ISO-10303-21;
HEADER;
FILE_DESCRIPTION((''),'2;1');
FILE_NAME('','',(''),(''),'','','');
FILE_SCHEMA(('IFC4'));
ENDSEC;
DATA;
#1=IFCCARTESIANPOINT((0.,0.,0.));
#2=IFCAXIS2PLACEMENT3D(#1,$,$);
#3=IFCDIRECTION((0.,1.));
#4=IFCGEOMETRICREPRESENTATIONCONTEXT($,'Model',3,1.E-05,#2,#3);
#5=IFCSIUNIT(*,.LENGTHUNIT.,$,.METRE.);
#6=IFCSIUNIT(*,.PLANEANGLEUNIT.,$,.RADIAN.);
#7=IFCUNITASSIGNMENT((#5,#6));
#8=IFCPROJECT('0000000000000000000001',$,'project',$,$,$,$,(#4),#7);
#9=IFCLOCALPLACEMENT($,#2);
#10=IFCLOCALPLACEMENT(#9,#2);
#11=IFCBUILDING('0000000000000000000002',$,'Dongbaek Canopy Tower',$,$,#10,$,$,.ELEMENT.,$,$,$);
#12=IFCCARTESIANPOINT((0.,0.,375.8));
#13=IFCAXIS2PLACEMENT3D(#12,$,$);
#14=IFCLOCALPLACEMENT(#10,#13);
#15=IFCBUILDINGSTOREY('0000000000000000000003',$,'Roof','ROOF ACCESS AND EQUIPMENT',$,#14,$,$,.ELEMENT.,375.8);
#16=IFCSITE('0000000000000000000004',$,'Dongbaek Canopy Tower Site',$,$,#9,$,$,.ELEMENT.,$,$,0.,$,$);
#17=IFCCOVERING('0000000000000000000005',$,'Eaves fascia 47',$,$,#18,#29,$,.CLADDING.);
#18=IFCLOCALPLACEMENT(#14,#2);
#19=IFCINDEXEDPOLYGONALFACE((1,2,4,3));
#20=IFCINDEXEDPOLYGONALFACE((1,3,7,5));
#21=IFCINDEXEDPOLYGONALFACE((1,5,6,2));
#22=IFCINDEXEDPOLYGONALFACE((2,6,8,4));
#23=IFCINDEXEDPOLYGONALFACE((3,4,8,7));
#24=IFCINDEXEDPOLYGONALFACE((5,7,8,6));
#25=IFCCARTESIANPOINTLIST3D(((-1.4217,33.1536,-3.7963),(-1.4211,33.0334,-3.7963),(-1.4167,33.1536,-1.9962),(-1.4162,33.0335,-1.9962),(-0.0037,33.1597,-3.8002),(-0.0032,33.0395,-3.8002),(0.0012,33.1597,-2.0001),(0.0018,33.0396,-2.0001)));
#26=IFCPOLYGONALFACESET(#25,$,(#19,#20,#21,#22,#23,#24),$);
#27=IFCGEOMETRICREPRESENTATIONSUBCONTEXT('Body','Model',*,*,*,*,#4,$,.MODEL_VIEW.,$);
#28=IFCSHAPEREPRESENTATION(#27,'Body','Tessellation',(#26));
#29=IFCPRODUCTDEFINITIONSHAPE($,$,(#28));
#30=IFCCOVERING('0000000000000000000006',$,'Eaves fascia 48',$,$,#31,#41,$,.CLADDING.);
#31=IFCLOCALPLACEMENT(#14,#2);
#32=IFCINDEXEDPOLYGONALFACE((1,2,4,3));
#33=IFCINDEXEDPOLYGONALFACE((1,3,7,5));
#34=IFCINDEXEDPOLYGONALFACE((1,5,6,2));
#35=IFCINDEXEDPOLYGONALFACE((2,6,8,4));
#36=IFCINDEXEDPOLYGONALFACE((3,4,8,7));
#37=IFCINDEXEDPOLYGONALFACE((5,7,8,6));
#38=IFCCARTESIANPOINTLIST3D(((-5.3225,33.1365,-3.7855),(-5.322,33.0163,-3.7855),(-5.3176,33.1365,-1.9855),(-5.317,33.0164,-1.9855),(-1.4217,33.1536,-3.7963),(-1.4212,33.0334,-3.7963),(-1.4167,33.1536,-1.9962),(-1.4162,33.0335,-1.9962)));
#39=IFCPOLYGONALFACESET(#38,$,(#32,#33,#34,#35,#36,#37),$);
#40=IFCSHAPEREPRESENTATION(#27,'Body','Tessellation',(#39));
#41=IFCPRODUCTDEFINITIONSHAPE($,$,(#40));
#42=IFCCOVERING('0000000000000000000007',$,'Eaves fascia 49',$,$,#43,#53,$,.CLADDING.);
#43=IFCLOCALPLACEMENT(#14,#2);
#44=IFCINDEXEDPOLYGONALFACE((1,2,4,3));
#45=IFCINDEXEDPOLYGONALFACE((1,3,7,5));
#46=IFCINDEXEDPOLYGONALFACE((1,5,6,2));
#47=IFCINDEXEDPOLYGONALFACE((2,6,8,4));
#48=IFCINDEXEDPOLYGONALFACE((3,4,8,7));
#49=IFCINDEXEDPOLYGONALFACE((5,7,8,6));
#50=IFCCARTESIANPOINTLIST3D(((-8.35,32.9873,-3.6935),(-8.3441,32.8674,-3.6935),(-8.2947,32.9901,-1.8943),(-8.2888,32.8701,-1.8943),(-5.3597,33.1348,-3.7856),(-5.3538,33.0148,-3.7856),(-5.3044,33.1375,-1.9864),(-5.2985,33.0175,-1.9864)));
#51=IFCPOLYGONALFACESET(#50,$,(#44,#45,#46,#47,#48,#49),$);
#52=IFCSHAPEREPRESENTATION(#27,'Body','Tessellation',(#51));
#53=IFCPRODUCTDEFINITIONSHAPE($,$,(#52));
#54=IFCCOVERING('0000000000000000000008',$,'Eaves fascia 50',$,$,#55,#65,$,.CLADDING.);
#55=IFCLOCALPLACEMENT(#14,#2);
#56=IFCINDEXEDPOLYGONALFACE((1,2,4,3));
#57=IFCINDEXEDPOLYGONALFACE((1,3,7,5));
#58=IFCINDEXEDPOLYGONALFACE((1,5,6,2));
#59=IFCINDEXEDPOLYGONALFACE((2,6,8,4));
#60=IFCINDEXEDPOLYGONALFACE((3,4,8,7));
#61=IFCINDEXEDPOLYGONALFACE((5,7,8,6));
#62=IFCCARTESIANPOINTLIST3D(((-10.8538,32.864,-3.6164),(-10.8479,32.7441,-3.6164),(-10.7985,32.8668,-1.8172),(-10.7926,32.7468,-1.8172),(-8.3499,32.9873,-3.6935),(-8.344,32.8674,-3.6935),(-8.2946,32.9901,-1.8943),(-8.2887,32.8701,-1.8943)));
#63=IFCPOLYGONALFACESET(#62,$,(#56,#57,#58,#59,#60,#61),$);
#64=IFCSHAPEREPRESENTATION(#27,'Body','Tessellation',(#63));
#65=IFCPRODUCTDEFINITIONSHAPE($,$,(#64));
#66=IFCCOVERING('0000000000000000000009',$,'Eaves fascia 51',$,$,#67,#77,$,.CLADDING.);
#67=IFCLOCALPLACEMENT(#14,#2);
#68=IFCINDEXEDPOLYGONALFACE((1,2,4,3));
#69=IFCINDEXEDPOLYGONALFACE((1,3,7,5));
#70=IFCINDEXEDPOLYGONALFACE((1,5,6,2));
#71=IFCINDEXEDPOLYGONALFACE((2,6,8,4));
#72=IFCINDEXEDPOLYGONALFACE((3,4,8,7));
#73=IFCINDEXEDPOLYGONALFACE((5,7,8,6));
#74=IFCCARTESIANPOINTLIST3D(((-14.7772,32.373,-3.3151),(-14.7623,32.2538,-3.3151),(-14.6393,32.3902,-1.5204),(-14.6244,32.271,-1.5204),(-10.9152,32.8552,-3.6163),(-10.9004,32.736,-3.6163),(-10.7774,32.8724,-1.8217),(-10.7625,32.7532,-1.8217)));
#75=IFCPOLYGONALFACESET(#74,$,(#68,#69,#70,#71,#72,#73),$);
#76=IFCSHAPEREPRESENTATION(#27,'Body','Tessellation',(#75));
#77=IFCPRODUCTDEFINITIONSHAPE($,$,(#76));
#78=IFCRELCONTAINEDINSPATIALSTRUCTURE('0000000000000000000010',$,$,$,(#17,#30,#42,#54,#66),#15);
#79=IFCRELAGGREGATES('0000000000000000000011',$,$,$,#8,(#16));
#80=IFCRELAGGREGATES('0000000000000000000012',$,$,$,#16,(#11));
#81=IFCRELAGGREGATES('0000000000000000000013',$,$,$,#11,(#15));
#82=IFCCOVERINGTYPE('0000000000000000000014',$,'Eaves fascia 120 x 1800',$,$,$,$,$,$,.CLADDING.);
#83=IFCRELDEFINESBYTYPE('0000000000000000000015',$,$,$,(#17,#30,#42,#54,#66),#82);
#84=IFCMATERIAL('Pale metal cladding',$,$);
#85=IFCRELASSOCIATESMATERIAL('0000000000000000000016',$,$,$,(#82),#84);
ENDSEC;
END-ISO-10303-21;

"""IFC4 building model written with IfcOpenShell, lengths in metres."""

from ifc_helpers import new_model, si_unit, direction, frame, origin, origin_2d, place, context, subcontext, project, spatial, rectangle, extrude, material, material_profile, profile_set, type_object, element, save


model = new_model("IFC4")

# Units and contexts
model_context = context("Model", 3, precision=1e-05, world=origin(), true_north=direction((0.0, 1.0)))
body_context = subcontext(model_context, "Body", "Model", "MODEL_VIEW")
ifc_project = project(units=[si_unit("LENGTHUNIT", "METRE"), si_unit("PLANEANGLEUNIT", "RADIAN")], contexts=[model_context])

# Site, building, storey
site_placement = place(None, origin())
site = spatial("IfcSite", under=ifc_project, at=site_placement, Name="Dongbaek Canopy Tower Site", CompositionType="ELEMENT", RefElevation=0.0)
building_placement = place(site_placement, origin())
building = spatial("IfcBuilding", under=site, at=building_placement, Name="Dongbaek Canopy Tower", CompositionType="ELEMENT")
storey_placement = place(building_placement, frame((0.0, 0.0, 375.8)))
storey = spatial("IfcBuildingStorey", under=building, at=storey_placement, Name="Roof", Description="ROOF ACCESS AND EQUIPMENT", CompositionType="ELEMENT", Elevation=375.8)

# Coverings
ifc_material_1 = material(Name="Pale metal cladding")
ifc_material_profile_1 = material_profile(ifc_material_1, rectangle(XDim=0.1201, YDim=1.8, at=origin_2d()), Name="Eaves fascia 120 x 1800")
ifc_profile_set_1 = profile_set([ifc_material_profile_1], Name="Pale metal cladding")
covering_type = type_object("IfcCoveringType", Name="Eaves fascia 120 x 1800", PredefinedType="CLADDING", material=ifc_profile_set_1)
covering_1_placement = place(storey_placement, frame((-0.001, 33.0996, -2.9001), z_axis=(-0.999987, -0.004304, 0.002755), x_axis=(0.004304, -0.999991, 0.0)))
element("IfcCovering", 1, at=covering_1_placement, inside=storey, type_object=covering_type, Name="Eaves fascia 47", PredefinedType="CLADDING", context=body_context, shape_type="SweptSolid", body=[
    extrude(rectangle(XDim=0.1201, YDim=1.8, at=origin_2d()), origin(), (0.0, 0.0, 1.0), 1.418),
])
covering_2_placement = place(storey_placement, frame((-1.4189, 33.0935, -2.8962), z_axis=(-0.999987, -0.004381, 0.002754), x_axis=(0.004381, -0.99999, 0.0)))
element("IfcCovering", 2, at=covering_2_placement, inside=storey, type_object=covering_type, Name="Eaves fascia 48", PredefinedType="CLADDING", context=body_context, shape_type="SweptSolid", body=[
    extrude(rectangle(XDim=0.1201, YDim=1.8, at=origin_2d()), origin(), (0.0, 0.0, 1.0), 3.9009),
])
covering_3_placement = place(storey_placement, frame((-5.3291, 33.0762, -2.886), z_axis=(-0.998315, -0.049231, 0.030729), x_axis=(0.049254, -0.998786, 0.0)))
element("IfcCovering", 3, at=covering_3_placement, inside=storey, type_object=covering_type, Name="Eaves fascia 49", PredefinedType="CLADDING", context=body_context, shape_type="SweptSolid", body=[
    extrude(rectangle(XDim=0.1201, YDim=1.8, at=origin_2d()), origin(), (0.0, 0.0, 1.0), 2.9954),
])
covering_4_placement = place(storey_placement, frame((-8.3193, 32.9287, -2.7939), z_axis=(-0.998317, -0.049157, 0.030759), x_axis=(0.04918, -0.99879, 0.0)))
element("IfcCovering", 4, at=covering_4_placement, inside=storey, type_object=covering_type, Name="Eaves fascia 50", PredefinedType="CLADDING", context=body_context, shape_type="SweptSolid", body=[
    extrude(rectangle(XDim=0.1201, YDim=1.8, at=origin_2d()), origin(), (0.0, 0.0, 1.0), 2.5081),
])
covering_5_placement = place(storey_placement, frame((-10.8389, 32.8042, -2.719), z_axis=(-0.989335, -0.123526, 0.07718), x_axis=(0.123896, -0.992295, 0.0)))
element("IfcCovering", 5, at=covering_5_placement, inside=storey, type_object=covering_type, Name="Eaves fascia 51", PredefinedType="CLADDING", context=body_context, shape_type="SweptSolid", body=[
    extrude(rectangle(XDim=0.1201, YDim=1.8, at=origin_2d()), origin(), (0.0, 0.0, 1.0), 3.9036),
])

save(model, "model.ifc")
